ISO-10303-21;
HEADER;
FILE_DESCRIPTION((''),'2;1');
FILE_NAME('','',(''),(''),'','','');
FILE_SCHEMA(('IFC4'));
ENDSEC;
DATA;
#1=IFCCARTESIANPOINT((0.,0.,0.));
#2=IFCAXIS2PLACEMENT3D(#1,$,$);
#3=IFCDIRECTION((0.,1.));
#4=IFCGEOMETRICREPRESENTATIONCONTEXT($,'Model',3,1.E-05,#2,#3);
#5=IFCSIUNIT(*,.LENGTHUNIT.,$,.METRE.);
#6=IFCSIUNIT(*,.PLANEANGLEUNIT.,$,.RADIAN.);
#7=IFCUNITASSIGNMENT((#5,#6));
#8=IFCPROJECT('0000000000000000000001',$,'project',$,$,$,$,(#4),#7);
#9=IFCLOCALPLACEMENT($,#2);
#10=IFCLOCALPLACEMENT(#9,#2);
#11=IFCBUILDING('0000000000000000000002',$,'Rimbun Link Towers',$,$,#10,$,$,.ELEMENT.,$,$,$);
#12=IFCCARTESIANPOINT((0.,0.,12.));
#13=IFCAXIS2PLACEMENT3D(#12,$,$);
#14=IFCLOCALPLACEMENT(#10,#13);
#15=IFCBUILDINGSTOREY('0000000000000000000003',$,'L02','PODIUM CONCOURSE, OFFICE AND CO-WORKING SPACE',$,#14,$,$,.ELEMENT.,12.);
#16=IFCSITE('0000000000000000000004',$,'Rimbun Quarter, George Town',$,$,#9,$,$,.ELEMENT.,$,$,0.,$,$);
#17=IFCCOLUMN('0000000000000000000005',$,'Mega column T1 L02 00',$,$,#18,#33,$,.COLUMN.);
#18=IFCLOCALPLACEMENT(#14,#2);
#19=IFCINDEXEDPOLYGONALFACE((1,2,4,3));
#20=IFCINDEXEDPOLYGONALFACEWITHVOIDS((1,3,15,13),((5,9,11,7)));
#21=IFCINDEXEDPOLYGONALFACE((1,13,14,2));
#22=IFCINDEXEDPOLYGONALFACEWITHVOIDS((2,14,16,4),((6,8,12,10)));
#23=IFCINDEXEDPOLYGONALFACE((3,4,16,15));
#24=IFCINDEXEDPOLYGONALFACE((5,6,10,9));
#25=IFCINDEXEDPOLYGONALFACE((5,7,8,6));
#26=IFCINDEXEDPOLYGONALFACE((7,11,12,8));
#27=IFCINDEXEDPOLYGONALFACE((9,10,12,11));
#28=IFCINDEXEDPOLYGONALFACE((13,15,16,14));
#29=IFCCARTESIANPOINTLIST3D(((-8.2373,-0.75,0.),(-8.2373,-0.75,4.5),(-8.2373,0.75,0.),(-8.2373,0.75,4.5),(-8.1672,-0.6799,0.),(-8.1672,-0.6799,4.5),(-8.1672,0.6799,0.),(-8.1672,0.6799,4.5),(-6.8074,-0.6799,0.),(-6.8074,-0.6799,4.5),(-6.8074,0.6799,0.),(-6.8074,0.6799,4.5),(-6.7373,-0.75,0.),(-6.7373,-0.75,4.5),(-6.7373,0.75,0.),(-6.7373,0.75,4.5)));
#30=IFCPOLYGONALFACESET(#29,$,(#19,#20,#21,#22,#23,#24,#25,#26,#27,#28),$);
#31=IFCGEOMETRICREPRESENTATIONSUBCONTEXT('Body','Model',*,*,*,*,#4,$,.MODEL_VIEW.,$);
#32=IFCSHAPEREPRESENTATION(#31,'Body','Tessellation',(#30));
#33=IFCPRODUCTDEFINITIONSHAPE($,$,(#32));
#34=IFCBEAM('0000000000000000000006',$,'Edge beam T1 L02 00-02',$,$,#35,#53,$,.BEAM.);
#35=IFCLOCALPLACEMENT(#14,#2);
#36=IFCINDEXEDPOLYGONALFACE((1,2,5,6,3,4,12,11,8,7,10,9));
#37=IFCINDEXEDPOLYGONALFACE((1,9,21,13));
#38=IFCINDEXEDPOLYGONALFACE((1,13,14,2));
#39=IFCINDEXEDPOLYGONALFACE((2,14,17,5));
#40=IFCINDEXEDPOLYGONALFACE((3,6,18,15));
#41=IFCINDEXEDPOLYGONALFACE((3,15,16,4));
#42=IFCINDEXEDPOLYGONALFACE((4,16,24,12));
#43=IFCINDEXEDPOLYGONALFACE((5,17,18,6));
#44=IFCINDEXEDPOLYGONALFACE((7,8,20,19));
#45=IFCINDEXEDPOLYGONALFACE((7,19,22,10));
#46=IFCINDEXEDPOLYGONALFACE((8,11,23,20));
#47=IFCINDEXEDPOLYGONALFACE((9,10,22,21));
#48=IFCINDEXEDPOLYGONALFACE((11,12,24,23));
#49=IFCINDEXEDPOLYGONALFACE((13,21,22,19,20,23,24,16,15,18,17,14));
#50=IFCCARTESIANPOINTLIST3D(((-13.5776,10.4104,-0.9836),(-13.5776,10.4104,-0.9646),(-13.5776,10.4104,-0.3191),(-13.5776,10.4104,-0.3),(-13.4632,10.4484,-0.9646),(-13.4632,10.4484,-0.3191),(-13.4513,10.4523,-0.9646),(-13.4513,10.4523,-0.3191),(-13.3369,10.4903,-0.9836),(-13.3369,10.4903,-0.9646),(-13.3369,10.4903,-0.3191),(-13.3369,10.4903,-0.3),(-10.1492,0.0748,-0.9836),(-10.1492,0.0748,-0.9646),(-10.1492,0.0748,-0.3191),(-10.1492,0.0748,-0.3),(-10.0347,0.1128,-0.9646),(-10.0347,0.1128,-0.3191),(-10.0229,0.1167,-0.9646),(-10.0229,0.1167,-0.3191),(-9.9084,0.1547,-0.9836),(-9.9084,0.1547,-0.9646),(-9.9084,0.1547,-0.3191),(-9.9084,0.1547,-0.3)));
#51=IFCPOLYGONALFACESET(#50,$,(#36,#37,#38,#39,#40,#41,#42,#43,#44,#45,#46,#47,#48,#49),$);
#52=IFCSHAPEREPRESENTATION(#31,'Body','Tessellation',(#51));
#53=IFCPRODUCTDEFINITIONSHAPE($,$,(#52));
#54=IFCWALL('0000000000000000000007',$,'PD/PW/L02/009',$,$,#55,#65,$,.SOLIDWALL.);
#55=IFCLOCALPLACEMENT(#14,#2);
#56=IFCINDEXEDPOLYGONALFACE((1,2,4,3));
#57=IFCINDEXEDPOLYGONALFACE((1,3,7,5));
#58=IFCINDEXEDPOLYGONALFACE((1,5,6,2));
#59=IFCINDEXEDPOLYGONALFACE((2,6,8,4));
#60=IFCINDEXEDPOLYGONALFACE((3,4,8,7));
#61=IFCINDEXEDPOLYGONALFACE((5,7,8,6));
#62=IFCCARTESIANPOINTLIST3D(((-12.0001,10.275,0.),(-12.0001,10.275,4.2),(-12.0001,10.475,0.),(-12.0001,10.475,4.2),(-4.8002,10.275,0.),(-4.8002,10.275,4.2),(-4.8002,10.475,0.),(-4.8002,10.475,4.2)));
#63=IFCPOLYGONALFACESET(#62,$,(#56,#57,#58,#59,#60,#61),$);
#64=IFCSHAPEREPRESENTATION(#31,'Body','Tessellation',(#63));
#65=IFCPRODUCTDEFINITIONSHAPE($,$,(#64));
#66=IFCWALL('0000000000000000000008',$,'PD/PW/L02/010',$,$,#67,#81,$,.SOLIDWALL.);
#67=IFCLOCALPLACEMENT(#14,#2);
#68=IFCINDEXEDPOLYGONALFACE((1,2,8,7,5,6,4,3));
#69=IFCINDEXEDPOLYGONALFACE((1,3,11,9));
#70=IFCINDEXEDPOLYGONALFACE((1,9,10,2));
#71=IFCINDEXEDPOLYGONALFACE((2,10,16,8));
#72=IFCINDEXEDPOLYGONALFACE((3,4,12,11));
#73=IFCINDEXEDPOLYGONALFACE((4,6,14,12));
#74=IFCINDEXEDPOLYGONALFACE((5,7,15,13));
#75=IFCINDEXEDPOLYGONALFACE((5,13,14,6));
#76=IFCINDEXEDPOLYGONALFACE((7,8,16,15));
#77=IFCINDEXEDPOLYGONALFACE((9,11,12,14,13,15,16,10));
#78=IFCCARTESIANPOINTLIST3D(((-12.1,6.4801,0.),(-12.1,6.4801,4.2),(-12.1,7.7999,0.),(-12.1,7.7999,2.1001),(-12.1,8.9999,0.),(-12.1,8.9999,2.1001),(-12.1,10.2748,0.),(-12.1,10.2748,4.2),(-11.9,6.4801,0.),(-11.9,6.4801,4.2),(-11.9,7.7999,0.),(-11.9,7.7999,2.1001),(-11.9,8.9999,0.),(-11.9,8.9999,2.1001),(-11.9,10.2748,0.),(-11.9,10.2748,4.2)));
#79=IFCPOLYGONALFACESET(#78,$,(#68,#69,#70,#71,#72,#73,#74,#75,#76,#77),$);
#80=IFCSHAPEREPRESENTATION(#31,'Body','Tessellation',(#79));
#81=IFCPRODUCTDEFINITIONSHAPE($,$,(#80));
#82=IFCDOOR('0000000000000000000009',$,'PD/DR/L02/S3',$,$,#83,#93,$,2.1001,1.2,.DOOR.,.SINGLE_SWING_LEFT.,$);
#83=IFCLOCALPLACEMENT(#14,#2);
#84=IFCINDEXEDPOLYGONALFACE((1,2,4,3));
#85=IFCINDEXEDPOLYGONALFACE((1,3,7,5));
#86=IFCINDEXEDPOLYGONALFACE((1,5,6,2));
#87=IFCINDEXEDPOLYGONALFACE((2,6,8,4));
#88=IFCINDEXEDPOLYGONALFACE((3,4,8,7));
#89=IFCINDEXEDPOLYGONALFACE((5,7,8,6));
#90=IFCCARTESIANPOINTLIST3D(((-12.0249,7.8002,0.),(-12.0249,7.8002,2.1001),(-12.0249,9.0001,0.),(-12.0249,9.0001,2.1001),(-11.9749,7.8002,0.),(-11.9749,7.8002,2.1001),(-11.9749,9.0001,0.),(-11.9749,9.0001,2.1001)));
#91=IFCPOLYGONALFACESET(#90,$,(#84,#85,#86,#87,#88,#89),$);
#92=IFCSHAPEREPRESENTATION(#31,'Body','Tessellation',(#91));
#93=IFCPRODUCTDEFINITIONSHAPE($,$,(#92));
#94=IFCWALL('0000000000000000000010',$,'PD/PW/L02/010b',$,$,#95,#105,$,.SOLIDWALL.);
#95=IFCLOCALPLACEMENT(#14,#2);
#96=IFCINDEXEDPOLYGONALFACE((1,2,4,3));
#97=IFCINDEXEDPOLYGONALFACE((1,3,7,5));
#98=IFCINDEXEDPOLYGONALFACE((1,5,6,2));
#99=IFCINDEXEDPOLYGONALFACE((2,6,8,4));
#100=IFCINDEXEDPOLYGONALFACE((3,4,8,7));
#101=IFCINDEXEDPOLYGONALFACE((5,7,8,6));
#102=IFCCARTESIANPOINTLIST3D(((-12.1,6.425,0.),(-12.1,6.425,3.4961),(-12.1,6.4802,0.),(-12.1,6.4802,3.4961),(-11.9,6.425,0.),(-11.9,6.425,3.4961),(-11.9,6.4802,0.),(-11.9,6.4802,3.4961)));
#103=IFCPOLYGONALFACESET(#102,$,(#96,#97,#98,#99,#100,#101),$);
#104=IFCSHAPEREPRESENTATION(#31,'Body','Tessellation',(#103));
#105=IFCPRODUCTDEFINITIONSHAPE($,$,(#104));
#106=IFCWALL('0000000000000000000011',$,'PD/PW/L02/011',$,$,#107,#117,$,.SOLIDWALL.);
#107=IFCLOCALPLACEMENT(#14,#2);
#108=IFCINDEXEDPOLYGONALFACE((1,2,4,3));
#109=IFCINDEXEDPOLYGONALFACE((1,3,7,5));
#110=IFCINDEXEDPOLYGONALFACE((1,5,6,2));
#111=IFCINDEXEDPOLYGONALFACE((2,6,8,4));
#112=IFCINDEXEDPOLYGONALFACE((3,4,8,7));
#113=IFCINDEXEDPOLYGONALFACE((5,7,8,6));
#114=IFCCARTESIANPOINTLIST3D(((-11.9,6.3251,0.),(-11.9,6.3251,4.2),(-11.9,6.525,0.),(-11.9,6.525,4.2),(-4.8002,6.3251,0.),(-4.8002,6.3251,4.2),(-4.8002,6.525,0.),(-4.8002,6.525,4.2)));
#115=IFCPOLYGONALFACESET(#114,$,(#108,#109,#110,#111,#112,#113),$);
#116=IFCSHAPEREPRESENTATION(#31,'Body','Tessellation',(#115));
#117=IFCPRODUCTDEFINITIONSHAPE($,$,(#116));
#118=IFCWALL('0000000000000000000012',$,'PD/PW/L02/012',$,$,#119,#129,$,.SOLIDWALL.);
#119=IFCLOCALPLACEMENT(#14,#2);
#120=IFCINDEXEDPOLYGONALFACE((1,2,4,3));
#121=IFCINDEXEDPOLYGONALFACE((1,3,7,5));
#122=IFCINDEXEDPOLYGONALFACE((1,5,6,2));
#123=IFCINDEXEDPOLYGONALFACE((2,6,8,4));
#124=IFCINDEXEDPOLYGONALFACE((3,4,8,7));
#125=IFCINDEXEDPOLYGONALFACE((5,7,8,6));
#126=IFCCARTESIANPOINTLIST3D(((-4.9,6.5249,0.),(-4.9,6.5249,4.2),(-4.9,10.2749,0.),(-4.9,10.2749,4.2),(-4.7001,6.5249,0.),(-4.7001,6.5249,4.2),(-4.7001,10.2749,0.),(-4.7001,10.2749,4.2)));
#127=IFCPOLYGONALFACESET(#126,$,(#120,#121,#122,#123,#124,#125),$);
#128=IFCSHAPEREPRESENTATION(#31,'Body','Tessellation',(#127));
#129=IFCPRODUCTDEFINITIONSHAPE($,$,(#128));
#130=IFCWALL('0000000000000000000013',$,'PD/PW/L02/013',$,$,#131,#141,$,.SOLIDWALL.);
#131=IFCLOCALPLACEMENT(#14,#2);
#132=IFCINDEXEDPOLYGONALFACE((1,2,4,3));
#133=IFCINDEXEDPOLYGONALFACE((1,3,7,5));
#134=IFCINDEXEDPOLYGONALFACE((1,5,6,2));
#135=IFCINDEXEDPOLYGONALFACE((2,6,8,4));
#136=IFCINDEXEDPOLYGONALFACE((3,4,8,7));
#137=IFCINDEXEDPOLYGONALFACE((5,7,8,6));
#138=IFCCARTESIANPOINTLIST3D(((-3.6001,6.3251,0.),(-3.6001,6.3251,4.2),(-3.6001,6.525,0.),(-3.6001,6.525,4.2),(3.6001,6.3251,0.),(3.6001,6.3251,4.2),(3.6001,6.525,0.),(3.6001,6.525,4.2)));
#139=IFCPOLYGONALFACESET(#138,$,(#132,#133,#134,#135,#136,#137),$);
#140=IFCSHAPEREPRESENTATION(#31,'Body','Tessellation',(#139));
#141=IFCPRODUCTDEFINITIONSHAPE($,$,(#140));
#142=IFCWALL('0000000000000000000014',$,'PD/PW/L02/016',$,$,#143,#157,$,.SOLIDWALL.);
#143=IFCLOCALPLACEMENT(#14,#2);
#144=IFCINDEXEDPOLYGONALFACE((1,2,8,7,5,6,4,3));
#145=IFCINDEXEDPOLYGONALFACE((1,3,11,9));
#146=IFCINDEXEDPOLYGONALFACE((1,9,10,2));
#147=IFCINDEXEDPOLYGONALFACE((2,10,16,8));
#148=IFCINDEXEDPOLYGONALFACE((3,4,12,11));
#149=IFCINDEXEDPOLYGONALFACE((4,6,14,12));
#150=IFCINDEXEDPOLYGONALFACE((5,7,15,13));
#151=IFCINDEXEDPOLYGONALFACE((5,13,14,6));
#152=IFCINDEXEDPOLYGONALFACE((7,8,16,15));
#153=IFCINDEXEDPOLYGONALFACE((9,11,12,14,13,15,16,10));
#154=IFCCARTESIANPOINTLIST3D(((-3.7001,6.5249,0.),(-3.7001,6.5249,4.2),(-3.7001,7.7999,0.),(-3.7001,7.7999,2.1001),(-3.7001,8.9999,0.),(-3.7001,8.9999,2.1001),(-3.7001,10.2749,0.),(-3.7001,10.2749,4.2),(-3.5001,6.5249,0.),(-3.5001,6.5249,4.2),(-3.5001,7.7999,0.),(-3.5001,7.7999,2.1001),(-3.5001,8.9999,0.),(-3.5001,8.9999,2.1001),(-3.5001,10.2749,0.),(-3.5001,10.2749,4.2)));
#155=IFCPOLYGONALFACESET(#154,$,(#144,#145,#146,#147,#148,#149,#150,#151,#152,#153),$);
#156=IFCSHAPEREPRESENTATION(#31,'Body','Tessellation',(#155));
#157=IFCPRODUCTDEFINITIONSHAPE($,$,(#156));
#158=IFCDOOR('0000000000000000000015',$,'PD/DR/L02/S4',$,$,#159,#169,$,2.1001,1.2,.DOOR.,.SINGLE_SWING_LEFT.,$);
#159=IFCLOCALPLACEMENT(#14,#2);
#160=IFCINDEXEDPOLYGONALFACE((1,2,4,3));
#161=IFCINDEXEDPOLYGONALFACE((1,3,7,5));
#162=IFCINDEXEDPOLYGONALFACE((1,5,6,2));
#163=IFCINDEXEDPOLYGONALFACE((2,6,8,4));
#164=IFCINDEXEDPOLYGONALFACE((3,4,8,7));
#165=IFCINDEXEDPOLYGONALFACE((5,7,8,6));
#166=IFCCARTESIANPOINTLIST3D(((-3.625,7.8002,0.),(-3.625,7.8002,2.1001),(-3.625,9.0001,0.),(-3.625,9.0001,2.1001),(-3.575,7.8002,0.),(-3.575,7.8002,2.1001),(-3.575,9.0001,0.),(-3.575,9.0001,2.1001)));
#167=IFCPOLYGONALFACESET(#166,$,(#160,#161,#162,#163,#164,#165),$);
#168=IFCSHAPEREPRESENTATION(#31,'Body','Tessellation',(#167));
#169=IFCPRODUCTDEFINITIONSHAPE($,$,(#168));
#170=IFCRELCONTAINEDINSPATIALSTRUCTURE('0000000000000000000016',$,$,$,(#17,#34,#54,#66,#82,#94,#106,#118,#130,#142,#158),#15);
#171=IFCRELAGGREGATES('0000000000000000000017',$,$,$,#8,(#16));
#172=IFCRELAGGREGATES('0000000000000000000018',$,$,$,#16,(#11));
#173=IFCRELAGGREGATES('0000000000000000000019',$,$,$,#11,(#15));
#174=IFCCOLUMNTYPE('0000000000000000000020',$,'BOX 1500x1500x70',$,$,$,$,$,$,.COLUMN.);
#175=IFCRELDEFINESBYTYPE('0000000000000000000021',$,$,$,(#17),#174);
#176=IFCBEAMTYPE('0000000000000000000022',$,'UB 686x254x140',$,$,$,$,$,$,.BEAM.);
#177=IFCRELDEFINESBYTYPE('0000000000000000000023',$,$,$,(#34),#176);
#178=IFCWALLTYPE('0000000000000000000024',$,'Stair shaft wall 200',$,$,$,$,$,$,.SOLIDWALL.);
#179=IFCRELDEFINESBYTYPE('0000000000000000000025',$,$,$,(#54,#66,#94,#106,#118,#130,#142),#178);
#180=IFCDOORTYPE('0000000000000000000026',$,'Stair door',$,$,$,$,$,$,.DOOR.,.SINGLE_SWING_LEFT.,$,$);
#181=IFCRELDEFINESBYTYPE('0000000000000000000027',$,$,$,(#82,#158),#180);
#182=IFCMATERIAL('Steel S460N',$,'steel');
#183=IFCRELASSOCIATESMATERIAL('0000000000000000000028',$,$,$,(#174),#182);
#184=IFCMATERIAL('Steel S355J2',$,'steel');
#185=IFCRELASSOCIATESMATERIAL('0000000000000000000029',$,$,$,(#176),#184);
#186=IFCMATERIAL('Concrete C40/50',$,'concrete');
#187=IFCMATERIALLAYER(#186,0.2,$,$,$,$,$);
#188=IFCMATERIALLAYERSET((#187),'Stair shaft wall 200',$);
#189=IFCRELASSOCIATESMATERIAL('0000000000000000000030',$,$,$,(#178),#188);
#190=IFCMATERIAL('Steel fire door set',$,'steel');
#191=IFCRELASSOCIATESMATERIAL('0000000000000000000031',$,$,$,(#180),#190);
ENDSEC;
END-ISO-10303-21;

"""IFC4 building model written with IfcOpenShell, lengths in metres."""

from ifc_helpers import new_model, si_unit, direction, frame, frame_2d, origin, origin_2d, place, context, subcontext, project, spatial, rectangle, hollow_rectangle, i_section, extrude, material, layer, layer_set, material_profile, profile_set, type_object, element, fill, save


model = new_model("IFC4")

# Units and contexts
model_context = context("Model", 3, precision=1e-05, world=origin(), true_north=direction((0.0, 1.0)))
body_context = subcontext(model_context, "Body", "Model", "MODEL_VIEW")
ifc_project = project(units=[si_unit("LENGTHUNIT", "METRE"), si_unit("PLANEANGLEUNIT", "RADIAN")], contexts=[model_context])

# Site, building, storey
site_placement = place(None, origin())
site = spatial("IfcSite", under=ifc_project, at=site_placement, Name="Rimbun Quarter, George Town", CompositionType="ELEMENT", RefElevation=0.0)
building_placement = place(site_placement, origin())
building = spatial("IfcBuilding", under=site, at=building_placement, Name="Rimbun Link Towers", CompositionType="ELEMENT")
storey_placement = place(building_placement, frame((0.0, 0.0, 12.0)))
storey = spatial("IfcBuildingStorey", under=building, at=storey_placement, Name="L02", Description="PODIUM CONCOURSE, OFFICE AND CO-WORKING SPACE", CompositionType="ELEMENT", Elevation=12.0)

# Column
ifc_material_1 = material(Name="Steel S460N", Category="steel")
ifc_material_profile_1 = material_profile(ifc_material_1, hollow_rectangle(XDim=1.5, YDim=1.5, WallThickness=0.0701, at=origin_2d()), Name="BOX 1500x1500x70")
ifc_profile_set_1 = profile_set([ifc_material_profile_1], Name="Steel S460N")
column_type = type_object("IfcColumnType", Name="BOX 1500x1500x70", PredefinedType="COLUMN", material=ifc_profile_set_1)
column_placement = place(storey_placement, frame((-7.4873, 0.0, 0.0), z_axis=(0.0, 0.0, 1.0), x_axis=(1.0, 0.0, 0.0)))
element("IfcColumn", 1, at=column_placement, inside=storey, type_object=column_type, Name="Mega column T1 L02 00", PredefinedType="COLUMN", context=body_context, shape_type="SweptSolid", body=[
    extrude(hollow_rectangle(XDim=1.5, YDim=1.5, WallThickness=0.0701, at=origin_2d()), origin(), (0.0, 0.0, 1.0), 4.5),
])

# Beam
ifc_material_2 = material(Name="Steel S355J2", Category="steel")
ifc_material_profile_2 = material_profile(ifc_material_2, i_section(OverallWidth=0.2537, OverallDepth=0.6836, WebThickness=0.0125, FlangeThickness=0.019, at=origin_2d()), Name="UB 686x254x140")
ifc_profile_set_2 = profile_set([ifc_material_profile_2], Name="Steel S355J2")
beam_type = type_object("IfcBeamType", Name="UB 686x254x140", PredefinedType="BEAM", material=ifc_profile_set_2)
beam_placement = place(storey_placement, frame((-10.0288, 0.1147, -0.6418), z_axis=(-0.314842, 0.949144, 0.0), x_axis=(-0.949144, -0.314842, 0.0)))
element("IfcBeam", 2, at=beam_placement, inside=storey, type_object=beam_type, Name="Edge beam T1 L02 00-02", PredefinedType="BEAM", context=body_context, shape_type="SweptSolid", body=[
    extrude(i_section(OverallWidth=0.2537, OverallDepth=0.6836, WebThickness=0.0125, FlangeThickness=0.019, at=origin_2d()), origin(), (0.0, 0.0, 1.0), 10.8894),
])

# Wall
ifc_material_3 = material(Name="Concrete C40/50", Category="concrete")
ifc_layer = layer(ifc_material_3, 0.2)
ifc_layer_set = layer_set([ifc_layer], Name="Stair shaft wall 200")
wall_type = type_object("IfcWallType", Name="Stair shaft wall 200", PredefinedType="SOLIDWALL", material=ifc_layer_set)
wall_1_placement = place(storey_placement, frame((-4.8, 10.375, 0.0), z_axis=(0.0, 0.0, 1.0), x_axis=(-1.0, 0.0, 0.0)))
element("IfcWall", 3, at=wall_1_placement, inside=storey, type_object=wall_type, Name="PD/PW/L02/009", PredefinedType="SOLIDWALL", context=body_context, shape_type="SweptSolid", body=[
    extrude(rectangle(XDim=7.2, YDim=0.2, at=frame_2d((3.6001, 0.0))), origin(), (0.0, 0.0, 1.0), 4.2),
])

# Wall, opening, door
wall_2_placement = place(storey_placement, frame((-12.0, 10.2749, 0.0), z_axis=(0.0, 0.0, 1.0), x_axis=(0.0, -1.0, 0.0)))
wall_2 = element("IfcWall", 4, at=wall_2_placement, inside=storey, type_object=wall_type, Name="PD/PW/L02/010", PredefinedType="SOLIDWALL", context=body_context, shape_type="SweptSolid", body=[
    extrude(rectangle(XDim=3.7947, YDim=0.2, at=frame_2d((1.8975, 0.0))), origin(), (0.0, 0.0, 1.0), 4.2),
])
opening_1_placement = place(wall_2_placement, frame((1.2749, 0.0, 0.0)))
opening_1 = element("IfcOpeningElement", 5, at=opening_1_placement, cuts=wall_2, PredefinedType="OPENING", context=body_context, shape_type="SweptSolid", body=[
    extrude(rectangle(XDim=1.2, YDim=2.1001, at=frame_2d((0.6001, 1.05))), frame((0.0, 0.1099, 0.0), z_axis=(0.0, -1.0, 0.0), x_axis=(1.0, 0.0, 0.0)), (0.0, 0.0, 1.0), 0.22),
])
ifc_material_4 = material(Name="Steel fire door set", Category="steel")
door_type = type_object("IfcDoorType", Name="Stair door", OperationType="SINGLE_SWING_LEFT", PredefinedType="DOOR", material=ifc_material_4)
door_1_placement = place(opening_1_placement, frame((1.2, 0.0, 0.0), z_axis=(0.0, 0.0, 1.0), x_axis=(-1.0, 0.0, 0.0)))
door_1 = element("IfcDoor", 6, at=door_1_placement, inside=storey, type_object=door_type, Name="PD/DR/L02/S3", OperationType="SINGLE_SWING_LEFT", OverallHeight=2.1001, OverallWidth=1.2, PredefinedType="DOOR", context=body_context, shape_type="SweptSolid", body=[
    extrude(rectangle(XDim=1.2, YDim=2.1001, at=frame_2d((0.6001, 1.05))), frame((0.0, 0.0249, 0.0), z_axis=(0.0, -1.0, 0.0), x_axis=(1.0, 0.0, 0.0)), (0.0, 0.0, 1.0), 0.05),
])
fill(opening_1, door_1)

# Walls
wall_3_placement = place(storey_placement, frame((-12.0, 6.4802, 0.0), z_axis=(0.0, 0.0, 1.0), x_axis=(0.0, -1.0, 0.0)))
element("IfcWall", 7, at=wall_3_placement, inside=storey, type_object=wall_type, Name="PD/PW/L02/010b", PredefinedType="SOLIDWALL", context=body_context, shape_type="SweptSolid", body=[
    extrude(rectangle(XDim=0.0552, YDim=0.2, at=frame_2d((0.0276, 0.0))), origin(), (0.0, 0.0, 1.0), 3.4961),
])
wall_4_placement = place(storey_placement, frame((-11.8999, 6.425, 0.0), z_axis=(0.0, 0.0, 1.0), x_axis=(1.0, 0.0, 0.0)))
element("IfcWall", 8, at=wall_4_placement, inside=storey, type_object=wall_type, Name="PD/PW/L02/011", PredefinedType="SOLIDWALL", context=body_context, shape_type="SweptSolid", body=[
    extrude(rectangle(XDim=7.0999, YDim=0.2, at=frame_2d((3.5498, 0.0))), origin(), (0.0, 0.0, 1.0), 4.2),
])
wall_5_placement = place(storey_placement, frame((-4.8, 6.5249, 0.0), z_axis=(0.0, 0.0, 1.0), x_axis=(0.0, 1.0, 0.0)))
element("IfcWall", 9, at=wall_5_placement, inside=storey, type_object=wall_type, Name="PD/PW/L02/012", PredefinedType="SOLIDWALL", context=body_context, shape_type="SweptSolid", body=[
    extrude(rectangle(XDim=3.75, YDim=0.2, at=frame_2d((1.875, 0.0))), origin(), (0.0, 0.0, 1.0), 4.2),
])
wall_6_placement = place(storey_placement, frame((-3.6001, 6.425, 0.0), z_axis=(0.0, 0.0, 1.0), x_axis=(1.0, 0.0, 0.0)))
element("IfcWall", 10, at=wall_6_placement, inside=storey, type_object=wall_type, Name="PD/PW/L02/013", PredefinedType="SOLIDWALL", context=body_context, shape_type="SweptSolid", body=[
    extrude(rectangle(XDim=7.2002, YDim=0.2, at=frame_2d((3.6001, 0.0))), origin(), (0.0, 0.0, 1.0), 4.2),
])

# Wall, opening, door
wall_7_placement = place(storey_placement, frame((-3.6001, 10.2749, 0.0), z_axis=(0.0, 0.0, 1.0), x_axis=(0.0, -1.0, 0.0)))
wall_7 = element("IfcWall", 11, at=wall_7_placement, inside=storey, type_object=wall_type, Name="PD/PW/L02/016", PredefinedType="SOLIDWALL", context=body_context, shape_type="SweptSolid", body=[
    extrude(rectangle(XDim=3.75, YDim=0.2, at=frame_2d((1.875, 0.0))), origin(), (0.0, 0.0, 1.0), 4.2),
])
opening_2_placement = place(wall_7_placement, frame((1.2749, 0.0, 0.0)))
opening_2 = element("IfcOpeningElement", 12, at=opening_2_placement, cuts=wall_7, PredefinedType="OPENING", context=body_context, shape_type="SweptSolid", body=[
    extrude(rectangle(XDim=1.2, YDim=2.1001, at=frame_2d((0.6001, 1.05))), frame((0.0, 0.1099, 0.0), z_axis=(0.0, -1.0, 0.0), x_axis=(1.0, 0.0, 0.0)), (0.0, 0.0, 1.0), 0.22),
])
door_2_placement = place(opening_2_placement, frame((1.2, 0.0, 0.0), z_axis=(0.0, 0.0, 1.0), x_axis=(-1.0, 0.0, 0.0)))
door_2 = element("IfcDoor", 13, at=door_2_placement, inside=storey, type_object=door_type, Name="PD/DR/L02/S4", OperationType="SINGLE_SWING_LEFT", OverallHeight=2.1001, OverallWidth=1.2, PredefinedType="DOOR", context=body_context, shape_type="SweptSolid", body=[
    extrude(rectangle(XDim=1.2, YDim=2.1001, at=frame_2d((0.6001, 1.05))), frame((0.0, 0.0249, 0.0), z_axis=(0.0, -1.0, 0.0), x_axis=(1.0, 0.0, 0.0)), (0.0, 0.0, 1.0), 0.05),
])
fill(opening_2, door_2)

save(model, "model.ifc")
